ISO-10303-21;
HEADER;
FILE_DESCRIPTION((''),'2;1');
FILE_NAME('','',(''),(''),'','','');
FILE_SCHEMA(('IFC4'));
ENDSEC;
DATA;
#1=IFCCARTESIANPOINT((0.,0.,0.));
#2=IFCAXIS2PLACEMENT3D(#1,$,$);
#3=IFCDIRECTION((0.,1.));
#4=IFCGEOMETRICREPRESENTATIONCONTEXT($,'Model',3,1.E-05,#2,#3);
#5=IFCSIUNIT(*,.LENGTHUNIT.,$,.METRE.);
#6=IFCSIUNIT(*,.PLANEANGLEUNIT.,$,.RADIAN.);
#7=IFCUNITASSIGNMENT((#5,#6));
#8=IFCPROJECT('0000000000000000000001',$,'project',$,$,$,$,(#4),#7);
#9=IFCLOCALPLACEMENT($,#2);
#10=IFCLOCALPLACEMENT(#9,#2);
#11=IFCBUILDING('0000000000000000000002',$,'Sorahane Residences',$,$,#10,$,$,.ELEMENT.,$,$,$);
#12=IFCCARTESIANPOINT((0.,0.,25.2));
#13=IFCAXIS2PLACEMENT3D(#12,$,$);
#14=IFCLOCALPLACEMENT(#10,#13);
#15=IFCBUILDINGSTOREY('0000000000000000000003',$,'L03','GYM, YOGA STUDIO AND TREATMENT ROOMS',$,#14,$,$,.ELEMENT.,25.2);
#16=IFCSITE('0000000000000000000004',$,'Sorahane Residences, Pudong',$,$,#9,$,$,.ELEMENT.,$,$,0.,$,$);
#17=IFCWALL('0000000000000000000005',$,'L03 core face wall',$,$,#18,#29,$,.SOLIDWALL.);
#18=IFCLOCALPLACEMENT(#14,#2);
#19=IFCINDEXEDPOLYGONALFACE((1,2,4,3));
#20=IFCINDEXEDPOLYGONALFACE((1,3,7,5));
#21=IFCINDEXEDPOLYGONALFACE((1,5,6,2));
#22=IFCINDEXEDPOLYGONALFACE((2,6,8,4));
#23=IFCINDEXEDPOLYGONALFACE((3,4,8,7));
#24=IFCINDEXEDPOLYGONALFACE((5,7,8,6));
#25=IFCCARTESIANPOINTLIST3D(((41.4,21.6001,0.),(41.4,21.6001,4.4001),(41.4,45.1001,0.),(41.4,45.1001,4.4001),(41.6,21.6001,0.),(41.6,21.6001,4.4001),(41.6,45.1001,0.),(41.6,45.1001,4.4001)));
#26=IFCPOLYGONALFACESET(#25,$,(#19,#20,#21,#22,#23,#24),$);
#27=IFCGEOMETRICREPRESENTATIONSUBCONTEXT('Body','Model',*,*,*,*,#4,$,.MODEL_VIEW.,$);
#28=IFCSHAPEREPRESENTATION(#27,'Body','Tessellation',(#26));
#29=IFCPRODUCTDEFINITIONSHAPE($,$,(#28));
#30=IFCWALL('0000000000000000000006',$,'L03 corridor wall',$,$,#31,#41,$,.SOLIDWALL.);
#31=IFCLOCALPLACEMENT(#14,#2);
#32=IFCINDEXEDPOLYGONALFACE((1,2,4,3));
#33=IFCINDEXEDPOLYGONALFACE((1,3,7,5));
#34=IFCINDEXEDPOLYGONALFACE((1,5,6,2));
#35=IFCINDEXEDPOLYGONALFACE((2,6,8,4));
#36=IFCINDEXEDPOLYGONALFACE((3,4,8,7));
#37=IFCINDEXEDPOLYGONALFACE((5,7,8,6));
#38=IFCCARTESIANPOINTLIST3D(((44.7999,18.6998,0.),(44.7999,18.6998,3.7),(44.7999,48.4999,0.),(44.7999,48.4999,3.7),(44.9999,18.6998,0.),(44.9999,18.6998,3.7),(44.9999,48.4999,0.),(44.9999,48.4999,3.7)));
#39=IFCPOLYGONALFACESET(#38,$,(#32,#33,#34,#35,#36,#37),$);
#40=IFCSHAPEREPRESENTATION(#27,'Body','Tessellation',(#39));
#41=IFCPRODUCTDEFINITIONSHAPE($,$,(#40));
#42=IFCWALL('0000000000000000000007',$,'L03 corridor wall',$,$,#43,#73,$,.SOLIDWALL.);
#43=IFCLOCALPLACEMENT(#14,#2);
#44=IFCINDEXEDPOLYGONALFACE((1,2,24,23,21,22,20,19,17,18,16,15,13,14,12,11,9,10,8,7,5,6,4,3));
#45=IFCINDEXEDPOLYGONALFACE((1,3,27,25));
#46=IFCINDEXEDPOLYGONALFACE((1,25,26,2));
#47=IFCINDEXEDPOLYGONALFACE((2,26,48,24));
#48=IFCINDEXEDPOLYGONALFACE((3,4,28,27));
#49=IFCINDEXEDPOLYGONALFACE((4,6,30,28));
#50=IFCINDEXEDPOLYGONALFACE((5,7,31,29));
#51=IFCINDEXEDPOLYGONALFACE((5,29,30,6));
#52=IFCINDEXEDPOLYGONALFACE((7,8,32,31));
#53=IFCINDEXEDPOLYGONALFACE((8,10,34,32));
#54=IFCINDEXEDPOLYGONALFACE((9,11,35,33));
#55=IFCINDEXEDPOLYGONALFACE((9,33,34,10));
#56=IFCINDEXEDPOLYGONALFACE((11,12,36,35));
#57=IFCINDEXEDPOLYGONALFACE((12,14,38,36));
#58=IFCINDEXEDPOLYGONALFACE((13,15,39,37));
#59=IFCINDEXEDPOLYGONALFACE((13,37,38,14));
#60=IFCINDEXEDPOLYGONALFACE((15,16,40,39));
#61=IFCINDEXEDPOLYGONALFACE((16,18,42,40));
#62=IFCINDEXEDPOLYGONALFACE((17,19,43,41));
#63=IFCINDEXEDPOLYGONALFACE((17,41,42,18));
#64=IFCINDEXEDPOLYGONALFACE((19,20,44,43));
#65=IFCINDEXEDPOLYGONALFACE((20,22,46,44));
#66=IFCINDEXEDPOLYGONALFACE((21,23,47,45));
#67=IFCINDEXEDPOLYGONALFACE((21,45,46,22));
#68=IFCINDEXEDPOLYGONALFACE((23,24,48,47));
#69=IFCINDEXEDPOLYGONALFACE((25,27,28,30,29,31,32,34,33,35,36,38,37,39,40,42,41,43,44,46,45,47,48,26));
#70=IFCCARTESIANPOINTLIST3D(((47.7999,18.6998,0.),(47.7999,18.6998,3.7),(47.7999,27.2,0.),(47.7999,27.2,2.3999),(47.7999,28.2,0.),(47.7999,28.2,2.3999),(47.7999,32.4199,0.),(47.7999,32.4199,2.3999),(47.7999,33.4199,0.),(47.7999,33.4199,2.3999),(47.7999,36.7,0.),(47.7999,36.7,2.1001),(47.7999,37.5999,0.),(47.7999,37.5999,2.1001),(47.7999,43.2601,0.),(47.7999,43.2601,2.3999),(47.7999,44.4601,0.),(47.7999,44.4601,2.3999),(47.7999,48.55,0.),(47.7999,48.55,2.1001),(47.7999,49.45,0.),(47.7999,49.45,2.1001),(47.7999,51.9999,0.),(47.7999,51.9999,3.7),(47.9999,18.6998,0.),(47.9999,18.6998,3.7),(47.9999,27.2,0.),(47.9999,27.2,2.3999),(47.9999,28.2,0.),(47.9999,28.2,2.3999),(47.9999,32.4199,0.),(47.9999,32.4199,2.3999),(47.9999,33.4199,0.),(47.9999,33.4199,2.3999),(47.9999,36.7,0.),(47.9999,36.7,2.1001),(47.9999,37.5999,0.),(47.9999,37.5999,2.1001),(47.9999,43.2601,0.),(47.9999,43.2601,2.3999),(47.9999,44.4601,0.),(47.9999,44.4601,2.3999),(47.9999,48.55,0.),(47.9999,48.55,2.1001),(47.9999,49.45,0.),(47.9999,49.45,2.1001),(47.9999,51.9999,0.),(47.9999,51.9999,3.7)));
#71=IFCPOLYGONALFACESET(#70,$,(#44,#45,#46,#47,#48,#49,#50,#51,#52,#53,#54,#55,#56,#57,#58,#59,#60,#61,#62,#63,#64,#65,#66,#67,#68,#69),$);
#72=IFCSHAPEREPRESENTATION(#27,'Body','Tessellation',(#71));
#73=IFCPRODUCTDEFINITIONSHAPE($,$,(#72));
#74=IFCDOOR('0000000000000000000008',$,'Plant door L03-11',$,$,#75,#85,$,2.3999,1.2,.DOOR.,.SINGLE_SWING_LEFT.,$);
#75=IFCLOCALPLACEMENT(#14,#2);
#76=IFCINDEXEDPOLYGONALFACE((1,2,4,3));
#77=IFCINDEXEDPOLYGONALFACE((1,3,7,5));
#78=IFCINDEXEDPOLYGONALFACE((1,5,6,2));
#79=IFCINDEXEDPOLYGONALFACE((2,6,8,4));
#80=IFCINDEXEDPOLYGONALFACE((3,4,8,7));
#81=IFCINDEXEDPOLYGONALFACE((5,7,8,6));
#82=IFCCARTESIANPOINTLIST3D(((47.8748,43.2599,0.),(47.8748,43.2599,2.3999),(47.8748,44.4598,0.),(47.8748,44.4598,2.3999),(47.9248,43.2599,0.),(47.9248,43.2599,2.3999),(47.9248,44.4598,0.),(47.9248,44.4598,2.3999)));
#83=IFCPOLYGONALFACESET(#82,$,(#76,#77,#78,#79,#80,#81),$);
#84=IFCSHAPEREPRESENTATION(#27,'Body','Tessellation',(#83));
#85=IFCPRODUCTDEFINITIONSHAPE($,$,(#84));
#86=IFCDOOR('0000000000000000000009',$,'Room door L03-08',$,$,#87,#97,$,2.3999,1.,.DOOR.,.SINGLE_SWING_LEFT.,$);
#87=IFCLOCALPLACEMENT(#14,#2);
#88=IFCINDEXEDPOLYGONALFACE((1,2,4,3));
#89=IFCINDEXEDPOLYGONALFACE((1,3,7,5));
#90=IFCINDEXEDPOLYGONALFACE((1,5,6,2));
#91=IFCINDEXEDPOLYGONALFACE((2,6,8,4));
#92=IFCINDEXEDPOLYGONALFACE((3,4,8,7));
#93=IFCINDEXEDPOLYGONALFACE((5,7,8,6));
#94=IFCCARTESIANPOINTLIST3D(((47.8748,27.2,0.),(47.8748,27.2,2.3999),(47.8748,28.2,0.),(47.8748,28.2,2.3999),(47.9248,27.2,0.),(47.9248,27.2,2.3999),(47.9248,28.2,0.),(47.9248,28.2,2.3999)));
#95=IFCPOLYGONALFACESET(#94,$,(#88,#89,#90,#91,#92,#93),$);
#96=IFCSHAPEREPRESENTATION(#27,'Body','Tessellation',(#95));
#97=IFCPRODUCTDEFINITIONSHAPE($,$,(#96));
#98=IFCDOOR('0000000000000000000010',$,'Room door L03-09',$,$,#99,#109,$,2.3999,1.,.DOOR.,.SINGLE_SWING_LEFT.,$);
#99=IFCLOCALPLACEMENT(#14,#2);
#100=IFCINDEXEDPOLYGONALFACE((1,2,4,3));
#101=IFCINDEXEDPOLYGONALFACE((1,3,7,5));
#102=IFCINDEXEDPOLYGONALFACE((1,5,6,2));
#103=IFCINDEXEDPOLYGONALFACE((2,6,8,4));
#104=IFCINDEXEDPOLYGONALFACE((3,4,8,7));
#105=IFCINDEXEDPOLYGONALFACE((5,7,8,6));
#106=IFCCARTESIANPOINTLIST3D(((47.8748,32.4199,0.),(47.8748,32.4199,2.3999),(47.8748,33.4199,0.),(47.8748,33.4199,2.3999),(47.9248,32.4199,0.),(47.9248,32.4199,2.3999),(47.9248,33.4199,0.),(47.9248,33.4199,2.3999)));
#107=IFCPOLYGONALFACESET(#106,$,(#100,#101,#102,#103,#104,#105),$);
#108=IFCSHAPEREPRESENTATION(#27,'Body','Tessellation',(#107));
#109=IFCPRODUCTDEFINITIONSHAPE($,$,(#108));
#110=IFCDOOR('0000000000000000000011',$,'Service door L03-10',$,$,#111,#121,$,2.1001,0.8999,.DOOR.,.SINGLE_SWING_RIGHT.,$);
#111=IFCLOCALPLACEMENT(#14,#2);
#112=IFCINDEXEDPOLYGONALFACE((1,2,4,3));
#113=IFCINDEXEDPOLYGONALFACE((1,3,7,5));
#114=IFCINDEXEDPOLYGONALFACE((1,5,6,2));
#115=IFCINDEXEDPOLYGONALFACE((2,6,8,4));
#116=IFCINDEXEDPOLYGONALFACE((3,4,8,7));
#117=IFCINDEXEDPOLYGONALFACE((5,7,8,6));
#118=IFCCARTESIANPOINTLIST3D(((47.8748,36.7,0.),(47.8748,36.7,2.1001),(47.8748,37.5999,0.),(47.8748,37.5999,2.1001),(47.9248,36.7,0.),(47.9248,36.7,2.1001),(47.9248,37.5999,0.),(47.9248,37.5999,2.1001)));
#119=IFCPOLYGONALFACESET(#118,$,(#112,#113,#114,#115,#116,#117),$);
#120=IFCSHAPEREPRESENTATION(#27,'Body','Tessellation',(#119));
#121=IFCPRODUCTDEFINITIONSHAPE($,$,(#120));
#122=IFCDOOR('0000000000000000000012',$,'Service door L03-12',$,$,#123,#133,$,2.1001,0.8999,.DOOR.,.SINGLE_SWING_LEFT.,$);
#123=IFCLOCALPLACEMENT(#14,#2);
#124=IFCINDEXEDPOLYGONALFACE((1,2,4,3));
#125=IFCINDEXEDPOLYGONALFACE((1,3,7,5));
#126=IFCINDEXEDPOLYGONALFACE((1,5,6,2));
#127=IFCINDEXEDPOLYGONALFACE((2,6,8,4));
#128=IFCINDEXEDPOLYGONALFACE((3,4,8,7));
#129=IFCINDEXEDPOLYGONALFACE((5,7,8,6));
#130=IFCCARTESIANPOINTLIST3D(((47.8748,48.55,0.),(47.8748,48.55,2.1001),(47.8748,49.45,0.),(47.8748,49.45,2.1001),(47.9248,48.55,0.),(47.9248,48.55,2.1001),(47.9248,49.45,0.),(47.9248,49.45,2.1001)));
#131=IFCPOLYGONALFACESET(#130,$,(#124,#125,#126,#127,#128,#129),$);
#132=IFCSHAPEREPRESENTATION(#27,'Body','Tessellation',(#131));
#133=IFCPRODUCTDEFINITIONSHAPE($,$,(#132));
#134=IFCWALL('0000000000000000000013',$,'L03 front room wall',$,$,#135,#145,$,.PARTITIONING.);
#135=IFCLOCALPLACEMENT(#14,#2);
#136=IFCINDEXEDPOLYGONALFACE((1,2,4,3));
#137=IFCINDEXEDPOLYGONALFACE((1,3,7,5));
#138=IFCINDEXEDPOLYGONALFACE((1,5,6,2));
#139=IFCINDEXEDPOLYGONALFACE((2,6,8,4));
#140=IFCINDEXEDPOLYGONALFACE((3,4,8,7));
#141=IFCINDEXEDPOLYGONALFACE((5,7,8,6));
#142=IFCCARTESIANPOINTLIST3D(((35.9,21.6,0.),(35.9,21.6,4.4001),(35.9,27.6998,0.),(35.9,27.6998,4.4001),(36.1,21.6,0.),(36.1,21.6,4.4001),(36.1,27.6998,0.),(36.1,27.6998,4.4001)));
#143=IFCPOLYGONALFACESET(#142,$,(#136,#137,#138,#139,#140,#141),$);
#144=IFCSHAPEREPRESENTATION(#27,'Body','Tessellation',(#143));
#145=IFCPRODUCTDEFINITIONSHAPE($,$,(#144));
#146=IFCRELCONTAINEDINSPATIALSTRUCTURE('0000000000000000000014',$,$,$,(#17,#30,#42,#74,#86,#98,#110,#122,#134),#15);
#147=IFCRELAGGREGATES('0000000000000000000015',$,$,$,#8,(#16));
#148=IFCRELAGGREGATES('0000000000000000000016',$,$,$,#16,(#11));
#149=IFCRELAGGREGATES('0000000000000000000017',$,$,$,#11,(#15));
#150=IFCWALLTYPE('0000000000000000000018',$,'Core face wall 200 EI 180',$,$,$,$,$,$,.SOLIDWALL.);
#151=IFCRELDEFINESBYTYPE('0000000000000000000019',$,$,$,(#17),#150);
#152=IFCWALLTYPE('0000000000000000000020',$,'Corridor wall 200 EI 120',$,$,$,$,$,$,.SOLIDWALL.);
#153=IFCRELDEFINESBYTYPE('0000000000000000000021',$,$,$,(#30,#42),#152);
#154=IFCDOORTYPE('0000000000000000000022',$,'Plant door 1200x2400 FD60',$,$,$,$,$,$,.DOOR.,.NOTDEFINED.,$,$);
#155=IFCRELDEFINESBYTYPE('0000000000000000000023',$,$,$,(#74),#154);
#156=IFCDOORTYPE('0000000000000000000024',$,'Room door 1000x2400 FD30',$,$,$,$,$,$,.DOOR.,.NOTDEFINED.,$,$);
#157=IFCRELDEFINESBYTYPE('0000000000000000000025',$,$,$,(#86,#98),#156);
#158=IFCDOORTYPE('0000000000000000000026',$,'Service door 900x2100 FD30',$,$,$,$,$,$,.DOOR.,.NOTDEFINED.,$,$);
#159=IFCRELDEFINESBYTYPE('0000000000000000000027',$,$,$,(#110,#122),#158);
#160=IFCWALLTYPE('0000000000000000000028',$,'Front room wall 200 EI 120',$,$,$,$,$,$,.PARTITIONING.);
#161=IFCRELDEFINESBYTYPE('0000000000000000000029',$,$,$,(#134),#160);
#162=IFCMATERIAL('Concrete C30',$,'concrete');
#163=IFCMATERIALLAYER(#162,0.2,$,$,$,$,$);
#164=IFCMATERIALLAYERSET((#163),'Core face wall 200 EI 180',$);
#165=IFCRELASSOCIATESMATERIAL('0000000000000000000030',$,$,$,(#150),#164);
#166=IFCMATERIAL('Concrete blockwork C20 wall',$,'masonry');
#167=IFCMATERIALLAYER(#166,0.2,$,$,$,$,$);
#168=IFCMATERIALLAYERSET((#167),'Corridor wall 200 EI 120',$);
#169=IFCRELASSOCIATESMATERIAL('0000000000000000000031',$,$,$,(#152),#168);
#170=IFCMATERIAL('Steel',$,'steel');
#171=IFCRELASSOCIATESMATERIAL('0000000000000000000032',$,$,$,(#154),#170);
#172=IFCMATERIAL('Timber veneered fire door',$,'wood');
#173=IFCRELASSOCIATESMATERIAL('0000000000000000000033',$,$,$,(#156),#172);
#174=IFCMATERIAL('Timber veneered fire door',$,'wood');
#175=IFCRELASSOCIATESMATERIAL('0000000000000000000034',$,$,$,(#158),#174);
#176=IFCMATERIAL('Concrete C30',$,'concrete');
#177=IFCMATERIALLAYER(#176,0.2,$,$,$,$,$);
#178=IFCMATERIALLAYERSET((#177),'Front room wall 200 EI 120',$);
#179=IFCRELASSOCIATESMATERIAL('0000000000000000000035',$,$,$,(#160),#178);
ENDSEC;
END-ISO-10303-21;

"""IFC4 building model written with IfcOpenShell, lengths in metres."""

from ifc_helpers import new_model, si_unit, direction, frame, frame_2d, origin, place, context, subcontext, project, spatial, rectangle, extrude, material, layer, layer_set, type_object, element, fill, save


model = new_model("IFC4")

# Units and contexts
model_context = context("Model", 3, precision=1e-05, world=origin(), true_north=direction((0.0, 1.0)))
body_context = subcontext(model_context, "Body", "Model", "MODEL_VIEW")
ifc_project = project(units=[si_unit("LENGTHUNIT", "METRE"), si_unit("PLANEANGLEUNIT", "RADIAN")], contexts=[model_context])

# Site, building, storey
site_placement = place(None, origin())
site = spatial("IfcSite", under=ifc_project, at=site_placement, Name="Sorahane Residences, Pudong", CompositionType="ELEMENT", RefElevation=0.0)
building_placement = place(site_placement, origin())
building = spatial("IfcBuilding", under=site, at=building_placement, Name="Sorahane Residences", CompositionType="ELEMENT")
storey_placement = place(building_placement, frame((0.0, 0.0, 25.2)))
storey = spatial("IfcBuildingStorey", under=building, at=storey_placement, Name="L03", Description="GYM, YOGA STUDIO AND TREATMENT ROOMS", CompositionType="ELEMENT", Elevation=25.2)

# Walls
ifc_material_1 = material(Name="Concrete C30", Category="concrete")
ifc_layer_1 = layer(ifc_material_1, 0.2)
ifc_layer_set_1 = layer_set([ifc_layer_1], Name="Core face wall 200 EI 180")
wall_type_1 = type_object("IfcWallType", Name="Core face wall 200 EI 180", PredefinedType="SOLIDWALL", material=ifc_layer_set_1)
wall_1_placement = place(storey_placement, frame((41.5, 21.6001, 0.0), z_axis=(0.0, 0.0, 1.0), x_axis=(0.0, 1.0, 0.0)))
element("IfcWall", 1, at=wall_1_placement, inside=storey, type_object=wall_type_1, Name="L03 core face wall", PredefinedType="SOLIDWALL", context=body_context, shape_type="SweptSolid", body=[
    extrude(rectangle(XDim=23.5, YDim=0.2, at=frame_2d((11.75, 0.0))), origin(), (0.0, 0.0, 1.0), 4.4001),
])
ifc_material_2 = material(Name="Concrete blockwork C20 wall", Category="masonry")
ifc_layer_2 = layer(ifc_material_2, 0.2)
ifc_layer_set_2 = layer_set([ifc_layer_2], Name="Corridor wall 200 EI 120")
wall_type_2 = type_object("IfcWallType", Name="Corridor wall 200 EI 120", PredefinedType="SOLIDWALL", material=ifc_layer_set_2)
wall_2_placement = place(storey_placement, frame((44.8999, 18.7, 0.0), z_axis=(0.0, 0.0, 1.0), x_axis=(0.0, 1.0, 0.0)))
element("IfcWall", 2, at=wall_2_placement, inside=storey, type_object=wall_type_2, Name="L03 corridor wall", PredefinedType="SOLIDWALL", context=body_context, shape_type="SweptSolid", body=[
    extrude(rectangle(XDim=29.8, YDim=0.2, at=frame_2d((14.8999, 0.0))), origin(), (0.0, 0.0, 1.0), 3.7),
])

# Wall, openings, doors
wall_3_placement = place(storey_placement, frame((47.8999, 18.7, 0.0), z_axis=(0.0, 0.0, 1.0), x_axis=(0.0, 1.0, 0.0)))
wall_3 = element("IfcWall", 3, at=wall_3_placement, inside=storey, type_object=wall_type_2, Name="L03 corridor wall", PredefinedType="SOLIDWALL", context=body_context, shape_type="SweptSolid", body=[
    extrude(rectangle(XDim=33.3, YDim=0.2, at=frame_2d((16.6499, 0.0))), origin(), (0.0, 0.0, 1.0), 3.7),
])
opening_1_placement = place(wall_3_placement, frame((8.5, 0.0, 0.0)))
opening_1 = element("IfcOpeningElement", 4, at=opening_1_placement, cuts=wall_3, PredefinedType="OPENING", context=body_context, shape_type="SweptSolid", body=[
    extrude(rectangle(XDim=1.0, YDim=2.3999, at=frame_2d((0.5, 1.2))), frame((0.0, 0.1099, 0.0), z_axis=(0.0, -1.0, 0.0), x_axis=(1.0, 0.0, 0.0)), (0.0, 0.0, 1.0), 0.22),
])
opening_2_placement = place(wall_3_placement, frame((13.72, 0.0, 0.0)))
opening_2 = element("IfcOpeningElement", 5, at=opening_2_placement, cuts=wall_3, PredefinedType="OPENING", context=body_context, shape_type="SweptSolid", body=[
    extrude(rectangle(XDim=1.0, YDim=2.3999, at=frame_2d((0.5, 1.2))), frame((0.0, 0.1099, 0.0), z_axis=(0.0, -1.0, 0.0), x_axis=(1.0, 0.0, 0.0)), (0.0, 0.0, 1.0), 0.22),
])
opening_3_placement = place(wall_3_placement, frame((18.0, 0.0, 0.0)))
opening_3 = element("IfcOpeningElement", 6, at=opening_3_placement, cuts=wall_3, PredefinedType="OPENING", context=body_context, shape_type="SweptSolid", body=[
    extrude(rectangle(XDim=0.8999, YDim=2.1001, at=frame_2d((0.45, 1.05))), frame((0.0, 0.1099, 0.0), z_axis=(0.0, -1.0, 0.0), x_axis=(1.0, 0.0, 0.0)), (0.0, 0.0, 1.0), 0.22),
])
opening_4_placement = place(wall_3_placement, frame((24.5601, 0.0, 0.0)))
opening_4 = element("IfcOpeningElement", 7, at=opening_4_placement, cuts=wall_3, PredefinedType="OPENING", context=body_context, shape_type="SweptSolid", body=[
    extrude(rectangle(XDim=1.2, YDim=2.3999, at=frame_2d((0.6001, 1.2))), frame((0.0, 0.1099, 0.0), z_axis=(0.0, -1.0, 0.0), x_axis=(1.0, 0.0, 0.0)), (0.0, 0.0, 1.0), 0.22),
])
opening_5_placement = place(wall_3_placement, frame((29.8501, 0.0, 0.0)))
opening_5 = element("IfcOpeningElement", 8, at=opening_5_placement, cuts=wall_3, PredefinedType="OPENING", context=body_context, shape_type="SweptSolid", body=[
    extrude(rectangle(XDim=0.8999, YDim=2.1001, at=frame_2d((0.45, 1.05))), frame((0.0, 0.1099, 0.0), z_axis=(0.0, -1.0, 0.0), x_axis=(1.0, 0.0, 0.0)), (0.0, 0.0, 1.0), 0.22),
])
ifc_material_3 = material(Name="Steel", Category="steel")
door_type_1 = type_object("IfcDoorType", Name="Plant door 1200x2400 FD60", OperationType="NOTDEFINED", PredefinedType="DOOR", material=ifc_material_3)
door_1_placement = place(opening_4_placement, frame((1.2, 0.0, 0.0), z_axis=(0.0, 0.0, 1.0), x_axis=(-1.0, 0.0, 0.0)))
door_1 = element("IfcDoor", 9, at=door_1_placement, inside=storey, type_object=door_type_1, Name="Plant door L03-11", OperationType="SINGLE_SWING_LEFT", OverallHeight=2.3999, OverallWidth=1.2, PredefinedType="DOOR", context=body_context, shape_type="SweptSolid", body=[
    extrude(rectangle(XDim=1.2, YDim=2.3999, at=frame_2d((0.6001, 1.2))), frame((0.0, 0.0249, 0.0), z_axis=(0.0, -1.0, 0.0), x_axis=(1.0, 0.0, 0.0)), (0.0, 0.0, 1.0), 0.05),
])
fill(opening_4, door_1)
ifc_material_4 = material(Name="Timber veneered fire door", Category="wood")
door_type_2 = type_object("IfcDoorType", Name="Room door 1000x2400 FD30", OperationType="NOTDEFINED", PredefinedType="DOOR", material=ifc_material_4)
door_2_placement = place(opening_1_placement, frame((1.0, 0.0, 0.0), z_axis=(0.0, 0.0, 1.0), x_axis=(-1.0, 0.0, 0.0)))
door_2 = element("IfcDoor", 10, at=door_2_placement, inside=storey, type_object=door_type_2, Name="Room door L03-08", OperationType="SINGLE_SWING_LEFT", OverallHeight=2.3999, OverallWidth=1.0, PredefinedType="DOOR", context=body_context, shape_type="SweptSolid", body=[
    extrude(rectangle(XDim=1.0, YDim=2.3999, at=frame_2d((0.5, 1.2))), frame((0.0, 0.0249, 0.0), z_axis=(0.0, -1.0, 0.0), x_axis=(1.0, 0.0, 0.0)), (0.0, 0.0, 1.0), 0.05),
])
fill(opening_1, door_2)
door_3_placement = place(opening_2_placement, frame((1.0, 0.0, 0.0), z_axis=(0.0, 0.0, 1.0), x_axis=(-1.0, 0.0, 0.0)))
door_3 = element("IfcDoor", 11, at=door_3_placement, inside=storey, type_object=door_type_2, Name="Room door L03-09", OperationType="SINGLE_SWING_LEFT", OverallHeight=2.3999, OverallWidth=1.0, PredefinedType="DOOR", context=body_context, shape_type="SweptSolid", body=[
    extrude(rectangle(XDim=1.0, YDim=2.3999, at=frame_2d((0.5, 1.2))), frame((0.0, 0.0249, 0.0), z_axis=(0.0, -1.0, 0.0), x_axis=(1.0, 0.0, 0.0)), (0.0, 0.0, 1.0), 0.05),
])
fill(opening_2, door_3)
ifc_material_5 = material(Name="Timber veneered fire door", Category="wood")
door_type_3 = type_object("IfcDoorType", Name="Service door 900x2100 FD30", OperationType="NOTDEFINED", PredefinedType="DOOR", material=ifc_material_5)
door_4_placement = place(opening_3_placement, frame((0.8999, 0.0, 0.0), z_axis=(0.0, 0.0, 1.0), x_axis=(-1.0, 0.0, 0.0)))
door_4 = element("IfcDoor", 12, at=door_4_placement, inside=storey, type_object=door_type_3, Name="Service door L03-10", OperationType="SINGLE_SWING_RIGHT", OverallHeight=2.1001, OverallWidth=0.8999, PredefinedType="DOOR", context=body_context, shape_type="SweptSolid", body=[
    extrude(rectangle(XDim=0.8999, YDim=2.1001, at=frame_2d((0.45, 1.05))), frame((0.0, 0.0249, 0.0), z_axis=(0.0, -1.0, 0.0), x_axis=(1.0, 0.0, 0.0)), (0.0, 0.0, 1.0), 0.05),
])
fill(opening_3, door_4)
door_5_placement = place(opening_5_placement, frame((0.8999, 0.0, 0.0), z_axis=(0.0, 0.0, 1.0), x_axis=(-1.0, 0.0, 0.0)))
door_5 = element("IfcDoor", 13, at=door_5_placement, inside=storey, type_object=door_type_3, Name="Service door L03-12", OperationType="SINGLE_SWING_LEFT", OverallHeight=2.1001, OverallWidth=0.8999, PredefinedType="DOOR", context=body_context, shape_type="SweptSolid", body=[
    extrude(rectangle(XDim=0.8999, YDim=2.1001, at=frame_2d((0.45, 1.05))), frame((0.0, 0.0249, 0.0), z_axis=(0.0, -1.0, 0.0), x_axis=(1.0, 0.0, 0.0)), (0.0, 0.0, 1.0), 0.05),
])
fill(opening_5, door_5)

# Wall
ifc_material_6 = material(Name="Concrete C30", Category="concrete")
ifc_layer_3 = layer(ifc_material_6, 0.2)
ifc_layer_set_3 = layer_set([ifc_layer_3], Name="Front room wall 200 EI 120")
wall_type_3 = type_object("IfcWallType", Name="Front room wall 200 EI 120", PredefinedType="PARTITIONING", material=ifc_layer_set_3)
wall_4_placement = place(storey_placement, frame((36.0, 21.6001, 0.0), z_axis=(0.0, 0.0, 1.0), x_axis=(0.0, 1.0, 0.0)))
element("IfcWall", 14, at=wall_4_placement, inside=storey, type_object=wall_type_3, Name="L03 front room wall", PredefinedType="PARTITIONING", context=body_context, shape_type="SweptSolid", body=[
    extrude(rectangle(XDim=6.0999, YDim=0.2, at=frame_2d((3.0498, 0.0))), origin(), (0.0, 0.0, 1.0), 4.4001),
])

save(model, "model.ifc")
